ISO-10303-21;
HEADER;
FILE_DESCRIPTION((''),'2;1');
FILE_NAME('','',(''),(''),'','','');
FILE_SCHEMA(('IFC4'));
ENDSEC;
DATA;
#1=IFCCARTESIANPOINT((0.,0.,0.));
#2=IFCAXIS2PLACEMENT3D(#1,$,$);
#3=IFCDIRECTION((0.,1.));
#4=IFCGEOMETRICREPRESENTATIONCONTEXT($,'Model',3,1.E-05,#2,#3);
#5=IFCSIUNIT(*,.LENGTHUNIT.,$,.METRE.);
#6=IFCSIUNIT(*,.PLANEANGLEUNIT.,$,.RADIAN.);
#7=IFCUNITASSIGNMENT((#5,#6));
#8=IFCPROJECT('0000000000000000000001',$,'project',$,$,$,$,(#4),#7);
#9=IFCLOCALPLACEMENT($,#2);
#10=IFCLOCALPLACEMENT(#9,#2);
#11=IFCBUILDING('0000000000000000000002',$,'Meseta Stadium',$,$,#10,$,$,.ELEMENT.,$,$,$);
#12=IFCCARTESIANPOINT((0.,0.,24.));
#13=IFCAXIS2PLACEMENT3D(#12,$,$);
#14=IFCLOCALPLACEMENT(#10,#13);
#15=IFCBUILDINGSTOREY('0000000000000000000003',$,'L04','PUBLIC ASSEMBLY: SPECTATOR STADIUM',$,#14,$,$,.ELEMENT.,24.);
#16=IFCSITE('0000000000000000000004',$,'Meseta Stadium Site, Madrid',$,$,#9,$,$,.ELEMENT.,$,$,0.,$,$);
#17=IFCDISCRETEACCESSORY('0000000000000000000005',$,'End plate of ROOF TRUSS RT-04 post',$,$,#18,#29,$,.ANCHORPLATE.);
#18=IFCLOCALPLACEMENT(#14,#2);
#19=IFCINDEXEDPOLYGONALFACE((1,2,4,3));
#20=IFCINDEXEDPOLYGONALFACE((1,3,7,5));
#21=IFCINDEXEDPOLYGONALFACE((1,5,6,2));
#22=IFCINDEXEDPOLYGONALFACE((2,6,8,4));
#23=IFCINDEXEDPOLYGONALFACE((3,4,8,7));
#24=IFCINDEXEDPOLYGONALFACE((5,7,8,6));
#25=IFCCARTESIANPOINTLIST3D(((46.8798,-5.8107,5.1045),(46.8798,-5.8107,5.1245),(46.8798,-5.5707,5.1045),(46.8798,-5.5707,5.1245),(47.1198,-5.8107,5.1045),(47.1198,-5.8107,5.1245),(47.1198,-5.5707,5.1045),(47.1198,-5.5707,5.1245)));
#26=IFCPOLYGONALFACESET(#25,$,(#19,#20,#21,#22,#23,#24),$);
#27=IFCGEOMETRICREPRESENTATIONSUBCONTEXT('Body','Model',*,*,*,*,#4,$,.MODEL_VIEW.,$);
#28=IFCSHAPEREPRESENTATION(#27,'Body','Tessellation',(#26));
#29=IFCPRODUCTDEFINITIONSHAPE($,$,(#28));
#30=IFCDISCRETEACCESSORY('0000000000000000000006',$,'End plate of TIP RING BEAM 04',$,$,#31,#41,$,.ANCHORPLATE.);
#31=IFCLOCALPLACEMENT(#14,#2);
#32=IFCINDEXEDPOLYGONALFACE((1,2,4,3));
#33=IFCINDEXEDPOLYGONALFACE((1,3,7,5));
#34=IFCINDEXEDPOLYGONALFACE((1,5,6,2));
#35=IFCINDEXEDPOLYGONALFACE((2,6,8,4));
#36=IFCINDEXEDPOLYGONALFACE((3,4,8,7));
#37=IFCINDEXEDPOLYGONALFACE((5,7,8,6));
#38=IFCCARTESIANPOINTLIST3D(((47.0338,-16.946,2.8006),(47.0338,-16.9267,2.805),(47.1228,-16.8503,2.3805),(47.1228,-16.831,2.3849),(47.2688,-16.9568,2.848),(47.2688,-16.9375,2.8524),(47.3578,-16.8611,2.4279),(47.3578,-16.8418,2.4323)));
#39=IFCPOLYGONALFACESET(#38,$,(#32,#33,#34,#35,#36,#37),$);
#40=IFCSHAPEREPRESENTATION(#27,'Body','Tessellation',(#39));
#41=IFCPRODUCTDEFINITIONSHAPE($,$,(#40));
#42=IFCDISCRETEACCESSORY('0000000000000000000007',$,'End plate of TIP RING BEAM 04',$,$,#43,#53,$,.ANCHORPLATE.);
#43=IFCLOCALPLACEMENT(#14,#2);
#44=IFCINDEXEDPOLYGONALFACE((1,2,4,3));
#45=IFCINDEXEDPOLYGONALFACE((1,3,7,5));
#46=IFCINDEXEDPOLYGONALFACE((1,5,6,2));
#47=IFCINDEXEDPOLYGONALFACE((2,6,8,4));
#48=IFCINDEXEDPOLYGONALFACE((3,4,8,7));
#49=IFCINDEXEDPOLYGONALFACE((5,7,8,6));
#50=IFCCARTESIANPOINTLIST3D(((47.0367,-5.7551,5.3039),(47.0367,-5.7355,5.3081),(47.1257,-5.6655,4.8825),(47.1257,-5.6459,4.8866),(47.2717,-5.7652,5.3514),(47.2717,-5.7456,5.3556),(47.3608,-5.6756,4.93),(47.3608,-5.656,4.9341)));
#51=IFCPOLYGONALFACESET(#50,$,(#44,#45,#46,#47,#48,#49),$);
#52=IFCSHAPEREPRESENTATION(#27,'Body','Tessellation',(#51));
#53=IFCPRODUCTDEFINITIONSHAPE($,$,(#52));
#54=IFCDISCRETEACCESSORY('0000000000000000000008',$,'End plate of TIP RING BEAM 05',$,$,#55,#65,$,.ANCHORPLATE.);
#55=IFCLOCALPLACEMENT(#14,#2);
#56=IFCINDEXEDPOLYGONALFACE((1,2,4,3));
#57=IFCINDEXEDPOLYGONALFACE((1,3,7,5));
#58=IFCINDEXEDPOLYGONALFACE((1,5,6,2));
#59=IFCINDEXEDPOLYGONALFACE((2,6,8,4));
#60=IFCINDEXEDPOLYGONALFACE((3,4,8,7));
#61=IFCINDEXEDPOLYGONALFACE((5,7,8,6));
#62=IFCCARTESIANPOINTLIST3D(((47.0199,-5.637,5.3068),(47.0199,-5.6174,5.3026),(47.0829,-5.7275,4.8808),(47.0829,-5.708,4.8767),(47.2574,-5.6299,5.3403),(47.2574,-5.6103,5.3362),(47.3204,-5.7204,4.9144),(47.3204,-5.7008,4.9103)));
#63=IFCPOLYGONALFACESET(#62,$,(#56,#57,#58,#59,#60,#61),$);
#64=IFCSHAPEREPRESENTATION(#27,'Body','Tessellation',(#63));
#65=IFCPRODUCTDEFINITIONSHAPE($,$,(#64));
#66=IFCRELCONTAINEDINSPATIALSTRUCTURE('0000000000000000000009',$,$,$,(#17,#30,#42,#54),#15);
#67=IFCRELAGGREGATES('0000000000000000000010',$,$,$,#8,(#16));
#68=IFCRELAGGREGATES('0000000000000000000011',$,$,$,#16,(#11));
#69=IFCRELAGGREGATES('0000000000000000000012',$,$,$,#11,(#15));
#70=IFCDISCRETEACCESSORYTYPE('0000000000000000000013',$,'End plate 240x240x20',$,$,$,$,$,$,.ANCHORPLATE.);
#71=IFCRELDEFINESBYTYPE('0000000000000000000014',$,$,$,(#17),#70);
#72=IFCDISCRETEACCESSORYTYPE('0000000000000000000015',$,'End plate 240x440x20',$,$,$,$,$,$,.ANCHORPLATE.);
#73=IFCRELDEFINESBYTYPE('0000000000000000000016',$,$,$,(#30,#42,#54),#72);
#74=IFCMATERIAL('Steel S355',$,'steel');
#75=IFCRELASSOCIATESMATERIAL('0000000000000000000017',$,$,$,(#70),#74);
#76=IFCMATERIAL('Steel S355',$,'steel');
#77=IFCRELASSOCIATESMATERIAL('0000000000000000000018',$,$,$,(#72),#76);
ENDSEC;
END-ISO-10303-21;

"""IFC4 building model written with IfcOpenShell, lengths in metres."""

from ifc_helpers import new_model, si_unit, direction, frame, origin, origin_2d, place, context, subcontext, project, spatial, rectangle, extrude, material, material_profile, profile_set, type_object, element, save


model = new_model("IFC4")

# Units and contexts
model_context = context("Model", 3, precision=1e-05, world=origin(), true_north=direction((0.0, 1.0)))
body_context = subcontext(model_context, "Body", "Model", "MODEL_VIEW")
ifc_project = project(units=[si_unit("LENGTHUNIT", "METRE"), si_unit("PLANEANGLEUNIT", "RADIAN")], contexts=[model_context])

# Site, building, storey
site_placement = place(None, origin())
site = spatial("IfcSite", under=ifc_project, at=site_placement, Name="Meseta Stadium Site, Madrid", CompositionType="ELEMENT", RefElevation=0.0)
building_placement = place(site_placement, origin())
building = spatial("IfcBuilding", under=site, at=building_placement, Name="Meseta Stadium", CompositionType="ELEMENT")
storey_placement = place(building_placement, frame((0.0, 0.0, 24.0)))
storey = spatial("IfcBuildingStorey", under=building, at=storey_placement, Name="L04", Description="PUBLIC ASSEMBLY: SPECTATOR STADIUM", CompositionType="ELEMENT", Elevation=24.0)

# Discrete accessories
ifc_material_1 = material(Name="Steel S355", Category="steel")
ifc_material_profile_1 = material_profile(ifc_material_1, rectangle(XDim=0.24, YDim=0.24, at=origin_2d()), Name="PL 240x240")
ifc_profile_set_1 = profile_set([ifc_material_profile_1], Name="Steel S355")
discrete_accessory_type_1 = type_object("IfcDiscreteAccessoryType", Name="End plate 240x240x20", PredefinedType="ANCHORPLATE", material=ifc_profile_set_1)
for number, where, z_axis, x_axis, name in (
    (1, (46.9998, -5.6907, 5.1045), (0.0, 0.0, 1.0), (1.0, 0.0, 0.0), "End plate of ROOF TRUSS RT-04 post"),
):
    element("IfcDiscreteAccessory", number, at=place(storey_placement, frame(where, z_axis=z_axis, x_axis=x_axis)), inside=storey, type_object=discrete_accessory_type_1, Name=name, PredefinedType="ANCHORPLATE", context=body_context, shape_type="SweptSolid", body=[
        extrude(rectangle(XDim=0.24, YDim=0.24, at=origin_2d()), origin(), (0.0, 0.0, 1.0), 0.02),
    ])
ifc_material_2 = material(Name="Steel S355", Category="steel")
ifc_material_profile_2 = material_profile(ifc_material_2, rectangle(XDim=0.24, YDim=0.4399, at=origin_2d()), Name="PL 240x440")
ifc_profile_set_2 = profile_set([ifc_material_profile_2], Name="Steel S355")
discrete_accessory_type_2 = type_object("IfcDiscreteAccessoryType", Name="End plate 240x440x20", PredefinedType="ANCHORPLATE", material=ifc_profile_set_2)
discrete_accessory_1_placement = place(storey_placement, frame((47.1958, -16.9036, 2.6143), z_axis=(0.0, 0.975011, 0.222155), x_axis=(-0.979312, 0.044955, -0.197301)))
element("IfcDiscreteAccessory", 2, at=discrete_accessory_1_placement, inside=storey, type_object=discrete_accessory_type_2, Name="End plate of TIP RING BEAM 04", PredefinedType="ANCHORPLATE", context=body_context, shape_type="SweptSolid", body=[
    extrude(rectangle(XDim=0.24, YDim=0.4399, at=origin_2d()), origin(), (0.0, 0.0, 1.0), 0.0198),
])
for number, where, z_axis, x_axis, name in (
    (3, (47.1987, -5.7153, 5.1169), (0.0, 0.978159, 0.207859), (-0.979312, 0.042062, -0.197938), "End plate of TIP RING BEAM 04"),
    (4, (47.1702, -5.6787, 5.1106), (0.0, 0.978159, -0.207859), (-0.989708, -0.029745, -0.139977), "End plate of TIP RING BEAM 05"),
):
    element("IfcDiscreteAccessory", number, at=place(storey_placement, frame(where, z_axis=z_axis, x_axis=x_axis)), inside=storey, type_object=discrete_accessory_type_2, Name=name, PredefinedType="ANCHORPLATE", context=body_context, shape_type="SweptSolid", body=[
        extrude(rectangle(XDim=0.24, YDim=0.4399, at=origin_2d()), origin(), (0.0, 0.0, 1.0), 0.02),
    ])

save(model, "model.ifc")
